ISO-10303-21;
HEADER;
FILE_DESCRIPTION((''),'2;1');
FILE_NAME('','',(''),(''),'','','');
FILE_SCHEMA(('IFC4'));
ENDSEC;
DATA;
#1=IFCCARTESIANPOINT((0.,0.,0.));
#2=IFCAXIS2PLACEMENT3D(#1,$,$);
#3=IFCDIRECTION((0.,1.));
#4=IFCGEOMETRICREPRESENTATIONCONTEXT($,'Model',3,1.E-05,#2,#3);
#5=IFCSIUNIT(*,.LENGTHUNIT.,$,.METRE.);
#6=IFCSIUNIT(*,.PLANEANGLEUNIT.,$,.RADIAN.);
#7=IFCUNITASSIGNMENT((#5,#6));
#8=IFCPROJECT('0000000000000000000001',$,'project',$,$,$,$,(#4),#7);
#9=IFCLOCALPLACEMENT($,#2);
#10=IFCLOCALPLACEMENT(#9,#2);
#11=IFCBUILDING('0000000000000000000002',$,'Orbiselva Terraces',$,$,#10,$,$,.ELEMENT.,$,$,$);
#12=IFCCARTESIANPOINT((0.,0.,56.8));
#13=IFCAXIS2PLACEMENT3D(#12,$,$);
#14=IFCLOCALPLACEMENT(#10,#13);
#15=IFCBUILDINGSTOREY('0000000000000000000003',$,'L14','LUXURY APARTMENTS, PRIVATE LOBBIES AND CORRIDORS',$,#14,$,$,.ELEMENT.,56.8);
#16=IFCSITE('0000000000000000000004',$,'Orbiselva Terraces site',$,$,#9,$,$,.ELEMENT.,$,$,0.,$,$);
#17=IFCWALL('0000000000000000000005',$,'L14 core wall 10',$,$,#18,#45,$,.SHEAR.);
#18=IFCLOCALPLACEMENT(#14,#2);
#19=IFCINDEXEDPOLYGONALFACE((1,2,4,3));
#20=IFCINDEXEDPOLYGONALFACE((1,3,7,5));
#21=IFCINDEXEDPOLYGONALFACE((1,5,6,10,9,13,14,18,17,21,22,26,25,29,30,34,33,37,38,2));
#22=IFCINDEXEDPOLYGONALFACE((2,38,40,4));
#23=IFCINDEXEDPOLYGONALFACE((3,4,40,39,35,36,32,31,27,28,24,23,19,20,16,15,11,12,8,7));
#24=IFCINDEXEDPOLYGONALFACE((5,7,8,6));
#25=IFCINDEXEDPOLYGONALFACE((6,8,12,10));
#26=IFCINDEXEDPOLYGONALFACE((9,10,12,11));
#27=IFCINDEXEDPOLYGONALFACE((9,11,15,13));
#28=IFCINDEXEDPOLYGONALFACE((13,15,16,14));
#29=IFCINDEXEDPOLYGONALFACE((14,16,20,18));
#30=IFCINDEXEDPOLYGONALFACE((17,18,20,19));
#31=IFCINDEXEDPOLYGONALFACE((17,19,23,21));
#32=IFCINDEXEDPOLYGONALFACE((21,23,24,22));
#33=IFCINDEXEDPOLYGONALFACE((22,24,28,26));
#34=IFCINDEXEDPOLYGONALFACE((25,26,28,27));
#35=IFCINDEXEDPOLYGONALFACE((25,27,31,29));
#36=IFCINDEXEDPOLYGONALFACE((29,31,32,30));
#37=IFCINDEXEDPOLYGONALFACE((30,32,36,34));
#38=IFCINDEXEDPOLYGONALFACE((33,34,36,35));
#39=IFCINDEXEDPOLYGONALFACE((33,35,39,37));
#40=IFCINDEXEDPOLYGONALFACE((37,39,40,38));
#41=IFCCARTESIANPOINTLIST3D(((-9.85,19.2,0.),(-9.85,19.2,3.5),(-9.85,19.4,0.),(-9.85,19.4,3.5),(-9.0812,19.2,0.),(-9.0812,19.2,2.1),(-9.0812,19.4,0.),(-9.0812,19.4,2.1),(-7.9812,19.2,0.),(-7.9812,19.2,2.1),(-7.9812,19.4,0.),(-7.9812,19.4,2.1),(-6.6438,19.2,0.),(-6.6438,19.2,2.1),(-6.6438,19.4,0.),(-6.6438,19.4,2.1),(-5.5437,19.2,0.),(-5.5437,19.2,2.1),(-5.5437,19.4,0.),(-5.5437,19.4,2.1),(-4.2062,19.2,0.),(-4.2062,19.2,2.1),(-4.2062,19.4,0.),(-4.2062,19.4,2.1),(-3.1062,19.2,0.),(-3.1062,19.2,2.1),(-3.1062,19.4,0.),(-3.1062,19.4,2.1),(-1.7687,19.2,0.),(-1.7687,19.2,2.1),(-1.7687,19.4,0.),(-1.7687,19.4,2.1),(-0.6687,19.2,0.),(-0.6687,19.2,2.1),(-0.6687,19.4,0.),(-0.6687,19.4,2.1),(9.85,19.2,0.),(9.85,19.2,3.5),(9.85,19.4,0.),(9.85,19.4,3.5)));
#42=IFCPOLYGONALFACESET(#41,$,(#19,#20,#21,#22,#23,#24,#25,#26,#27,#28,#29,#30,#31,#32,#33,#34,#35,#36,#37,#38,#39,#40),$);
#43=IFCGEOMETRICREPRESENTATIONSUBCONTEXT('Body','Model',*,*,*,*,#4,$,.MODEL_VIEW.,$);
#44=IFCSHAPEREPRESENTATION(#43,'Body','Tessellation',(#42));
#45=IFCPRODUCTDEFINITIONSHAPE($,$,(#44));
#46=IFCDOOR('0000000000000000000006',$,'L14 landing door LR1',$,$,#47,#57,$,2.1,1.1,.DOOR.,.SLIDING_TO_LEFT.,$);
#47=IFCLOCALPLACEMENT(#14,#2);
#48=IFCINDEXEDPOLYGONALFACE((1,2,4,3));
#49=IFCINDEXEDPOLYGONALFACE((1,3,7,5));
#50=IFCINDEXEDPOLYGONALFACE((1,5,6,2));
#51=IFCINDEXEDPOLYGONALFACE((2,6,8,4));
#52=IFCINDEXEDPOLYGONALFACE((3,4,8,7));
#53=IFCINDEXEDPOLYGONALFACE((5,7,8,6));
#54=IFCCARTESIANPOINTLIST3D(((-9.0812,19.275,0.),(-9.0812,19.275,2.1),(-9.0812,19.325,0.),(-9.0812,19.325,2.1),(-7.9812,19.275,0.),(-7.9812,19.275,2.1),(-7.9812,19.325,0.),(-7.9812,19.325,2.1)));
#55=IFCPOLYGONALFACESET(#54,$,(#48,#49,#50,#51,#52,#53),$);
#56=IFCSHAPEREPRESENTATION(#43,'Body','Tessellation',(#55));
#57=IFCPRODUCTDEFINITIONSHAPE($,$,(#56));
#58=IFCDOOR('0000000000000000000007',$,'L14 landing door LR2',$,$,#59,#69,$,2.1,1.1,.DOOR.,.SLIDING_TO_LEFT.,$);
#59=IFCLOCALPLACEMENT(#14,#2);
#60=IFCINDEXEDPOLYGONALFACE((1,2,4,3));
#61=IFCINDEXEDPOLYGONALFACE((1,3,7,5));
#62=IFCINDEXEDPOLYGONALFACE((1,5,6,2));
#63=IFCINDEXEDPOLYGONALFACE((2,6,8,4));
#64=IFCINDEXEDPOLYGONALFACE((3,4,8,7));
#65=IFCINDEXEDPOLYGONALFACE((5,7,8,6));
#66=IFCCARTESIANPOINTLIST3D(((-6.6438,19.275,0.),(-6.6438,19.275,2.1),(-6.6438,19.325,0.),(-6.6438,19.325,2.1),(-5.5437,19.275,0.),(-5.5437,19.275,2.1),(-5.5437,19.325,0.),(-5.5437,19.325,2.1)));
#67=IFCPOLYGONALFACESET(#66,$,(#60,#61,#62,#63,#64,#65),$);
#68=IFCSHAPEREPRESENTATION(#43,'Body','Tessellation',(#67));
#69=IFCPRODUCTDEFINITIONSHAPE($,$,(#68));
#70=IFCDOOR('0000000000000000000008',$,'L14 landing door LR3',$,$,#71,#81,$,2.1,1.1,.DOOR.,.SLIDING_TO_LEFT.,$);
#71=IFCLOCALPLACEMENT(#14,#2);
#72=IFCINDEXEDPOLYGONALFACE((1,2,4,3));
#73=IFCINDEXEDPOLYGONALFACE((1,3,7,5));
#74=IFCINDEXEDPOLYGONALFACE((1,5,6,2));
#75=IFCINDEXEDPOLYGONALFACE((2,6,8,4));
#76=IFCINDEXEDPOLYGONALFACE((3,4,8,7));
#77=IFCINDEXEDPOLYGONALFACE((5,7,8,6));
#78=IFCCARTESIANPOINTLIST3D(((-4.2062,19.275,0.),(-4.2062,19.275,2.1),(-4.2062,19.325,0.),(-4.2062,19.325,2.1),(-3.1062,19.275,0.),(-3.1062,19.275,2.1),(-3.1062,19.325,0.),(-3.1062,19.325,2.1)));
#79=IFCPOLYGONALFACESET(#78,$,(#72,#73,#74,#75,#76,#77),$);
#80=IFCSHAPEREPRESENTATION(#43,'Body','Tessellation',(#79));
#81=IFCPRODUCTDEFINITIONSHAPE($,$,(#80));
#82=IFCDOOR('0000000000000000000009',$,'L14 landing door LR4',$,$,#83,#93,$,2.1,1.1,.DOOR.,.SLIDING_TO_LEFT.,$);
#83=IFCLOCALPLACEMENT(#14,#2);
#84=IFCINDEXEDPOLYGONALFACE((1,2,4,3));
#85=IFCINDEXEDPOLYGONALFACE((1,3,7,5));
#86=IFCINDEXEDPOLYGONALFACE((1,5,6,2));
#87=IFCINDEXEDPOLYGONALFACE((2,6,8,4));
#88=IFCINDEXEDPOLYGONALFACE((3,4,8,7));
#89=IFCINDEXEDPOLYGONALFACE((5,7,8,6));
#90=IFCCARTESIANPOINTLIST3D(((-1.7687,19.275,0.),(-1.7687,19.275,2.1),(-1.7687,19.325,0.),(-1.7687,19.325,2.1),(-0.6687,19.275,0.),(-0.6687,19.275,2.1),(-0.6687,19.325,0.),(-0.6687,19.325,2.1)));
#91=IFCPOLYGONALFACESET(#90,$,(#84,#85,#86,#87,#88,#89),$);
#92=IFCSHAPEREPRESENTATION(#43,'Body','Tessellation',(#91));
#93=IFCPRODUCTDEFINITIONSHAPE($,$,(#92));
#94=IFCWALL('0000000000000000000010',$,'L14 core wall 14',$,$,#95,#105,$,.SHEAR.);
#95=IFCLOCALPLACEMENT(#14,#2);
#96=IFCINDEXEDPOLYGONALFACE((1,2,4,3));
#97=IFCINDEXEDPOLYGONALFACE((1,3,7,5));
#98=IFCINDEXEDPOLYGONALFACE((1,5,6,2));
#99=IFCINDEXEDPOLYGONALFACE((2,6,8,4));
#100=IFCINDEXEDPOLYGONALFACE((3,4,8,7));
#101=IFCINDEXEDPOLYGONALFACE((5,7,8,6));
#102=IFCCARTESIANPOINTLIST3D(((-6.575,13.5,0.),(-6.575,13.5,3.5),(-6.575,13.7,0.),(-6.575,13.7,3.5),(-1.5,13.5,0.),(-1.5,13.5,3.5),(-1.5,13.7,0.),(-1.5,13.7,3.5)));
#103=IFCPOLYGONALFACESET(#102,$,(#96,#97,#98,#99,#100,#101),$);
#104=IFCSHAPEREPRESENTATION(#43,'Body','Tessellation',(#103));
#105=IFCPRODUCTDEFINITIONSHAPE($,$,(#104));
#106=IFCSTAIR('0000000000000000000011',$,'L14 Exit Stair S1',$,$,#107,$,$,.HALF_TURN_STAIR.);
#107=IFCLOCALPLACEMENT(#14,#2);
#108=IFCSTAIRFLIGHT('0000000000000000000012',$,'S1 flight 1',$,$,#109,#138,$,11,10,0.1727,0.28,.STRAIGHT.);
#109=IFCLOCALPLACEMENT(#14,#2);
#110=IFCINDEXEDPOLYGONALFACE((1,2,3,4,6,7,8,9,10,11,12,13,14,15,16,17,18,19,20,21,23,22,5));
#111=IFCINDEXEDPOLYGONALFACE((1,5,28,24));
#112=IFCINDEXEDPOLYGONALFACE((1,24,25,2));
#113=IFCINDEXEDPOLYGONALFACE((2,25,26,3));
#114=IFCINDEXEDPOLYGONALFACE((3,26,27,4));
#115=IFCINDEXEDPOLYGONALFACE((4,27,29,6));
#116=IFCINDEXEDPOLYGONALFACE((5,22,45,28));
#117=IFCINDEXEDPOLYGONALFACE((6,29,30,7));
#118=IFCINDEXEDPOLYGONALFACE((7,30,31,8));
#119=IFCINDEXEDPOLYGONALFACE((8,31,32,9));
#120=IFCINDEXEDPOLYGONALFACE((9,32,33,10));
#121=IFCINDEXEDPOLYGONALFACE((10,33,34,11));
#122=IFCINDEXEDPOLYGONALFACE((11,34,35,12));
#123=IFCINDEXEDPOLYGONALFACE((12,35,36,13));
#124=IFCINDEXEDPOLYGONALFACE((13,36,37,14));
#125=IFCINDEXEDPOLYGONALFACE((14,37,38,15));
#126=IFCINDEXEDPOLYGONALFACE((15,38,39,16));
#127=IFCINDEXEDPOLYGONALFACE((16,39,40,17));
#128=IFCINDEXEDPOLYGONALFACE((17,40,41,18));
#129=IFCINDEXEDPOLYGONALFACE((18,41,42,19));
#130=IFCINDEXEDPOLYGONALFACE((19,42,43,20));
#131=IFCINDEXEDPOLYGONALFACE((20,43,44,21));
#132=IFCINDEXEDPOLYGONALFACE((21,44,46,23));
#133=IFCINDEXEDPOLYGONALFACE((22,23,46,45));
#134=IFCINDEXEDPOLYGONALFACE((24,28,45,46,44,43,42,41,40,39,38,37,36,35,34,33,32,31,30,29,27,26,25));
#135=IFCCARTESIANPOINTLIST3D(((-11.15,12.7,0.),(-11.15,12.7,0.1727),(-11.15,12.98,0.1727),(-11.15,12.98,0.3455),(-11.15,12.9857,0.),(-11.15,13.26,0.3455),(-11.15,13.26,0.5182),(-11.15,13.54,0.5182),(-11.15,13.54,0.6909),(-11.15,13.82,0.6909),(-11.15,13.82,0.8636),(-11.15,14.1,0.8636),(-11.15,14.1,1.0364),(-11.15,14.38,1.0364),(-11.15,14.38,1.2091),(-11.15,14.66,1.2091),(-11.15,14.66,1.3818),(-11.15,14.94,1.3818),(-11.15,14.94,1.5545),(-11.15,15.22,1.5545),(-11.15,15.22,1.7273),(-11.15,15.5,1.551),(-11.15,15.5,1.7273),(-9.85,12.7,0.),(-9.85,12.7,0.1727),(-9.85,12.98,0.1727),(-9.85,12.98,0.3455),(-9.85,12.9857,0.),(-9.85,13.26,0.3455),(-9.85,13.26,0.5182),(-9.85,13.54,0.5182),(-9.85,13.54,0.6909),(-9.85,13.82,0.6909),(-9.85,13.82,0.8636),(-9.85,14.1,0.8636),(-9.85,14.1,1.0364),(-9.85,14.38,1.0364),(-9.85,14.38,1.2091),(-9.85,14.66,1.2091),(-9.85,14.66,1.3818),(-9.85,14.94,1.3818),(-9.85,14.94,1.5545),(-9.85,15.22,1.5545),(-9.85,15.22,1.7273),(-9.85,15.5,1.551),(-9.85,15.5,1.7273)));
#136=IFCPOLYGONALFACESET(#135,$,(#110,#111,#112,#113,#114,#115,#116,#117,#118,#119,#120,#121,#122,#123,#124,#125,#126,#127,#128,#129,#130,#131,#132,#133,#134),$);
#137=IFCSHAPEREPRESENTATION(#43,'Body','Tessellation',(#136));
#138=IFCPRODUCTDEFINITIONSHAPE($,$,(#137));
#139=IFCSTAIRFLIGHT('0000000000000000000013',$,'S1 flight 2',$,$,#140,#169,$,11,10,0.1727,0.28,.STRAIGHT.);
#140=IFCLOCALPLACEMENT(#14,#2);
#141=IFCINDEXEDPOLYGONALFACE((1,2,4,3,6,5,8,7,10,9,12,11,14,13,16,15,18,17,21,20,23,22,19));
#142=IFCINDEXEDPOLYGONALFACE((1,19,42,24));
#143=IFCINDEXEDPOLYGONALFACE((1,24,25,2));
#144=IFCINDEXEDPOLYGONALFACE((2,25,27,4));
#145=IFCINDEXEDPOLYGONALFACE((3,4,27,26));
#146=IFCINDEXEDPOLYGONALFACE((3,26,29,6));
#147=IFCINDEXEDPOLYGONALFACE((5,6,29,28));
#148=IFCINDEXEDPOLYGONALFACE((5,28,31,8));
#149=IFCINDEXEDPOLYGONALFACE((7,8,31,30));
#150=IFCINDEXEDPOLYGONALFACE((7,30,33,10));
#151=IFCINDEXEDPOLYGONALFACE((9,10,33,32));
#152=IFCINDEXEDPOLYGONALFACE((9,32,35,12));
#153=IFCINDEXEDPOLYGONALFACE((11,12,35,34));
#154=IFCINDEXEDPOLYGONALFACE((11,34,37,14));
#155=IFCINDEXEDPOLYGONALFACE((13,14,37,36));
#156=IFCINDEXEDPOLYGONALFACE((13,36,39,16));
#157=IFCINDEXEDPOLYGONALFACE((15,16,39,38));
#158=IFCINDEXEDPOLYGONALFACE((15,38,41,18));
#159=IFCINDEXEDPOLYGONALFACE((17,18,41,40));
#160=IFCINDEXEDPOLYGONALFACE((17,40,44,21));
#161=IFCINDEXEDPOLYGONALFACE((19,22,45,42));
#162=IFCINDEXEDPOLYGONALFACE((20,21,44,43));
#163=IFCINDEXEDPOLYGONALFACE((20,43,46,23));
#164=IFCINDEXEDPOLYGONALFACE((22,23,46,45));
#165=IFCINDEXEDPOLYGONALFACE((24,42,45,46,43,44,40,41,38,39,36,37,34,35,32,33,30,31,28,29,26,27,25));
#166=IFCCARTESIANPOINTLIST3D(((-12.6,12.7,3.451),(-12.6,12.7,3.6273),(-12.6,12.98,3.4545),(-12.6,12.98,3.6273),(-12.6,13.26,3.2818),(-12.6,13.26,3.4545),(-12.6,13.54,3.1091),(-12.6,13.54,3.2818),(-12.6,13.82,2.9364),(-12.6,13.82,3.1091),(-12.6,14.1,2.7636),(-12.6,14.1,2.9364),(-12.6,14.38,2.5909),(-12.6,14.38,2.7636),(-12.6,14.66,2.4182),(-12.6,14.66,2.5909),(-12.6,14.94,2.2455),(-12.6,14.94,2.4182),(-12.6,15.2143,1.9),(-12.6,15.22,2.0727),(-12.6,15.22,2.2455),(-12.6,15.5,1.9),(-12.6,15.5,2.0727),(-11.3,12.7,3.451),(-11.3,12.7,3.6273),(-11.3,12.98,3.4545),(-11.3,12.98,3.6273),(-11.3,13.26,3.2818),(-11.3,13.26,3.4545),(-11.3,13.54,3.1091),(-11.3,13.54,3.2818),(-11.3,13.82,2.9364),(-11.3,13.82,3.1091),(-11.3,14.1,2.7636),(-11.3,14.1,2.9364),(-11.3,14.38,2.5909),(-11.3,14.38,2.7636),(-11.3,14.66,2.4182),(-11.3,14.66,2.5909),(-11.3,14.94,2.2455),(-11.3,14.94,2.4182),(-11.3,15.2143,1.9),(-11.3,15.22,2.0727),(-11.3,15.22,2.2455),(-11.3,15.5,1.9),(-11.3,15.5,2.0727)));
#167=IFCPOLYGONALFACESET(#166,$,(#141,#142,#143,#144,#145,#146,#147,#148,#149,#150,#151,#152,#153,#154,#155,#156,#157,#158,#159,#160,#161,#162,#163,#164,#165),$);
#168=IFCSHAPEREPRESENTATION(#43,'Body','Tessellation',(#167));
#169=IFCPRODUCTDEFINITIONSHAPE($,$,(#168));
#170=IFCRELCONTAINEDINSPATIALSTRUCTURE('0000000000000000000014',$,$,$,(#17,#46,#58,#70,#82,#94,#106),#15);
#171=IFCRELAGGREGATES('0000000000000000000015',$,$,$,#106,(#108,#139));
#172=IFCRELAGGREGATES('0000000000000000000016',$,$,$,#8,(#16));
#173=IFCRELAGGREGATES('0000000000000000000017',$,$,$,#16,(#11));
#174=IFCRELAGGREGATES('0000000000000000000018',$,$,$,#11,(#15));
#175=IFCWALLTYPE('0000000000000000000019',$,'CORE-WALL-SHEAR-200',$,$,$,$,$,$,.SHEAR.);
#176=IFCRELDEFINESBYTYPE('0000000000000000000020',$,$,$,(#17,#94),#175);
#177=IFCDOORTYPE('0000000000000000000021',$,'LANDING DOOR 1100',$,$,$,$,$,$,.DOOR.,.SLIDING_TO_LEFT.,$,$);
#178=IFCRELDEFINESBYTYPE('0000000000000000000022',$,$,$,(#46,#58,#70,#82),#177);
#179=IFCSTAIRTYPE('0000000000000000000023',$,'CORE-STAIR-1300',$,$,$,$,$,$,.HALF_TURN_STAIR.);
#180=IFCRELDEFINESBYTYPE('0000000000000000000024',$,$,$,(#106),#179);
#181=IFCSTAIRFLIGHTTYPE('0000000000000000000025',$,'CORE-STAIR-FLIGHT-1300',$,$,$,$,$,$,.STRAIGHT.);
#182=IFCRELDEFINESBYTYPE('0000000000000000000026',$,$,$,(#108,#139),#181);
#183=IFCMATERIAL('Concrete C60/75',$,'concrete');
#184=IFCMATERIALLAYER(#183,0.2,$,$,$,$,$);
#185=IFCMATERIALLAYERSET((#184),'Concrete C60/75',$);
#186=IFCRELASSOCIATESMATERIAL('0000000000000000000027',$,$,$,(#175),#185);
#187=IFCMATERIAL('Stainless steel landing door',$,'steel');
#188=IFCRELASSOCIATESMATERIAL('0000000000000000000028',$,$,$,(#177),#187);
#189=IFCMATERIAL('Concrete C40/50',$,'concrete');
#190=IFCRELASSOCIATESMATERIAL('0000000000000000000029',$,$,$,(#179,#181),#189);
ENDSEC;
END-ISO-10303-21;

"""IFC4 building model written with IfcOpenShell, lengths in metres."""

from ifc_helpers import new_model, si_unit, direction, frame, frame_2d, origin, place, context, subcontext, project, spatial, polyline, rectangle, outline, extrude, material, layer, layer_set, type_object, element, fill, aggregate, save


model = new_model("IFC4")

# Units and contexts
model_context = context("Model", 3, precision=1e-05, world=origin(), true_north=direction((0.0, 1.0)))
body_context = subcontext(model_context, "Body", "Model", "MODEL_VIEW")
ifc_project = project(units=[si_unit("LENGTHUNIT", "METRE"), si_unit("PLANEANGLEUNIT", "RADIAN")], contexts=[model_context])

# Site, building, storey
site_placement = place(None, origin())
site = spatial("IfcSite", under=ifc_project, at=site_placement, Name="Orbiselva Terraces site", CompositionType="ELEMENT", RefElevation=0.0)
building_placement = place(site_placement, origin())
building = spatial("IfcBuilding", under=site, at=building_placement, Name="Orbiselva Terraces", CompositionType="ELEMENT")
storey_placement = place(building_placement, frame((0.0, 0.0, 56.8)))
storey = spatial("IfcBuildingStorey", under=building, at=storey_placement, Name="L14", Description="LUXURY APARTMENTS, PRIVATE LOBBIES AND CORRIDORS", CompositionType="ELEMENT", Elevation=56.8)

# Shared definitions
ifc_material_1 = material(Name="Concrete C40/50", Category="concrete")
ifc_material_2 = material(Name="Concrete C60/75", Category="concrete")
ifc_layer_1 = layer(ifc_material_2, 0.2)
ifc_layer_set_1 = layer_set([ifc_layer_1], Name="Concrete C60/75")
wall_type_1 = type_object("IfcWallType", Name="CORE-WALL-SHEAR-200", PredefinedType="SHEAR", material=ifc_layer_set_1)

# Wall, openings, doors
wall_1_placement = place(storey_placement, frame((-9.85, 19.3, 0.0), z_axis=(0.0, 0.0, 1.0), x_axis=(1.0, 0.0, 0.0)))
wall_1 = element("IfcWall", 1, at=wall_1_placement, inside=storey, type_object=wall_type_1, Name="L14 core wall 10", PredefinedType="SHEAR", context=body_context, shape_type="SweptSolid", body=[
    extrude(rectangle(XDim=19.7, YDim=0.2, at=frame_2d((9.85, 0.0))), origin(), (0.0, 0.0, 1.0), 3.5),
])
opening_1_placement = place(wall_1_placement, frame((0.7688, 0.0, 0.0)))
opening_1 = element("IfcOpeningElement", 2, at=opening_1_placement, cuts=wall_1, PredefinedType="OPENING", context=body_context, shape_type="SweptSolid", body=[
    extrude(rectangle(XDim=1.1, YDim=2.1, at=frame_2d((0.55, 1.05))), frame((0.0, 0.11, 0.0), z_axis=(0.0, -1.0, 0.0), x_axis=(1.0, 0.0, 0.0)), (0.0, 0.0, 1.0), 0.22),
])
opening_2_placement = place(wall_1_placement, frame((3.2062, 0.0, 0.0)))
opening_2 = element("IfcOpeningElement", 3, at=opening_2_placement, cuts=wall_1, PredefinedType="OPENING", context=body_context, shape_type="SweptSolid", body=[
    extrude(rectangle(XDim=1.1, YDim=2.1, at=frame_2d((0.55, 1.05))), frame((0.0, 0.11, 0.0), z_axis=(0.0, -1.0, 0.0), x_axis=(1.0, 0.0, 0.0)), (0.0, 0.0, 1.0), 0.22),
])
opening_3_placement = place(wall_1_placement, frame((5.6437, 0.0, 0.0)))
opening_3 = element("IfcOpeningElement", 4, at=opening_3_placement, cuts=wall_1, PredefinedType="OPENING", context=body_context, shape_type="SweptSolid", body=[
    extrude(rectangle(XDim=1.1, YDim=2.1, at=frame_2d((0.55, 1.05))), frame((0.0, 0.11, 0.0), z_axis=(0.0, -1.0, 0.0), x_axis=(1.0, 0.0, 0.0)), (0.0, 0.0, 1.0), 0.22),
])
opening_4_placement = place(wall_1_placement, frame((8.0813, 0.0, 0.0)))
opening_4 = element("IfcOpeningElement", 5, at=opening_4_placement, cuts=wall_1, PredefinedType="OPENING", context=body_context, shape_type="SweptSolid", body=[
    extrude(rectangle(XDim=1.1, YDim=2.1, at=frame_2d((0.55, 1.05))), frame((0.0, 0.11, 0.0), z_axis=(0.0, -1.0, 0.0), x_axis=(1.0, 0.0, 0.0)), (0.0, 0.0, 1.0), 0.22),
])
ifc_material_3 = material(Name="Stainless steel landing door", Category="steel")
door_type_1 = type_object("IfcDoorType", Name="LANDING DOOR 1100", OperationType="SLIDING_TO_LEFT", PredefinedType="DOOR", material=ifc_material_3)
door_1_placement = place(opening_1_placement, origin())
door_1 = element("IfcDoor", 6, at=door_1_placement, inside=storey, type_object=door_type_1, Name="L14 landing door LR1", OperationType="SLIDING_TO_LEFT", OverallHeight=2.1, OverallWidth=1.1, PredefinedType="DOOR", context=body_context, shape_type="SweptSolid", body=[
    extrude(rectangle(XDim=1.1, YDim=2.1, at=frame_2d((0.55, 1.05))), frame((0.0, 0.025, 0.0), z_axis=(0.0, -1.0, 0.0), x_axis=(1.0, 0.0, 0.0)), (0.0, 0.0, 1.0), 0.05),
])
fill(opening_1, door_1)
door_2_placement = place(opening_2_placement, origin())
door_2 = element("IfcDoor", 7, at=door_2_placement, inside=storey, type_object=door_type_1, Name="L14 landing door LR2", OperationType="SLIDING_TO_LEFT", OverallHeight=2.1, OverallWidth=1.1, PredefinedType="DOOR", context=body_context, shape_type="SweptSolid", body=[
    extrude(rectangle(XDim=1.1, YDim=2.1, at=frame_2d((0.55, 1.05))), frame((0.0, 0.025, 0.0), z_axis=(0.0, -1.0, 0.0), x_axis=(1.0, 0.0, 0.0)), (0.0, 0.0, 1.0), 0.05),
])
fill(opening_2, door_2)
door_3_placement = place(opening_3_placement, origin())
door_3 = element("IfcDoor", 8, at=door_3_placement, inside=storey, type_object=door_type_1, Name="L14 landing door LR3", OperationType="SLIDING_TO_LEFT", OverallHeight=2.1, OverallWidth=1.1, PredefinedType="DOOR", context=body_context, shape_type="SweptSolid", body=[
    extrude(rectangle(XDim=1.1, YDim=2.1, at=frame_2d((0.55, 1.05))), frame((0.0, 0.025, 0.0), z_axis=(0.0, -1.0, 0.0), x_axis=(1.0, 0.0, 0.0)), (0.0, 0.0, 1.0), 0.05),
])
fill(opening_3, door_3)
door_4_placement = place(opening_4_placement, origin())
door_4 = element("IfcDoor", 9, at=door_4_placement, inside=storey, type_object=door_type_1, Name="L14 landing door LR4", OperationType="SLIDING_TO_LEFT", OverallHeight=2.1, OverallWidth=1.1, PredefinedType="DOOR", context=body_context, shape_type="SweptSolid", body=[
    extrude(rectangle(XDim=1.1, YDim=2.1, at=frame_2d((0.55, 1.05))), frame((0.0, 0.025, 0.0), z_axis=(0.0, -1.0, 0.0), x_axis=(1.0, 0.0, 0.0)), (0.0, 0.0, 1.0), 0.05),
])
fill(opening_4, door_4)

# Wall
wall_2_placement = place(storey_placement, frame((-6.575, 13.6, 0.0), z_axis=(0.0, 0.0, 1.0), x_axis=(1.0, 0.0, 0.0)))
element("IfcWall", 10, at=wall_2_placement, inside=storey, type_object=wall_type_1, Name="L14 core wall 14", PredefinedType="SHEAR", context=body_context, shape_type="SweptSolid", body=[
    extrude(rectangle(XDim=5.075, YDim=0.2, at=frame_2d((2.5375, 0.0))), origin(), (0.0, 0.0, 1.0), 3.5),
])

# Stair, stair flights
stair_type = type_object("IfcStairType", Name="CORE-STAIR-1300", PredefinedType="HALF_TURN_STAIR", material=ifc_material_1)
stair_placement = place(storey_placement, origin())
stair = element("IfcStair", 11, at=stair_placement, inside=storey, type_object=stair_type, Name="L14 Exit Stair S1", PredefinedType="HALF_TURN_STAIR")
stair_flight_type = type_object("IfcStairFlightType", Name="CORE-STAIR-FLIGHT-1300", PredefinedType="STRAIGHT", material=ifc_material_1)
stair_flight_1_placement = place(storey_placement, frame((-10.5, 12.7, 0.0), z_axis=(0.0, 0.0, 1.0), x_axis=(0.0, 1.0, 0.0)))
stair_flight_1 = element("IfcStairFlight", 12, at=stair_flight_1_placement, type_object=stair_flight_type, Name="S1 flight 1", NumberOfRisers=11, NumberOfTreads=10, PredefinedType="STRAIGHT", RiserHeight=0.1727, TreadLength=0.28, context=body_context, shape_type="SweptSolid", body=[
    extrude(outline(polyline([(0.0, 0.0), (0.0, 0.1727), (0.28, 0.1727), (0.28, 0.3455), (0.56, 0.3455), (0.56, 0.5182), (0.84, 0.5182), (0.84, 0.6909), (1.12, 0.6909), (1.12, 0.8636), (1.4, 0.8636), (1.4, 1.0364), (1.68, 1.0364), (1.68, 1.2091), (1.96, 1.2091), (1.96, 1.3818), (2.24, 1.3818), (2.24, 1.5545), (2.52, 1.5545), (2.52, 1.7273), (2.8, 1.7273), (2.8, 1.9), (2.8, 1.551), (0.2857, 0.0), (0.0, 0.0)])), frame((0.0, 0.65, 0.0), z_axis=(0.0, -1.0, 0.0), x_axis=(1.0, 0.0, 0.0)), (0.0, 0.0, 1.0), 1.3),
])
stair_flight_2_placement = place(storey_placement, frame((-11.95, 15.5, 1.9), z_axis=(0.0, 0.0, 1.0), x_axis=(0.0, -1.0, 0.0)))
stair_flight_2 = element("IfcStairFlight", 13, at=stair_flight_2_placement, type_object=stair_flight_type, Name="S1 flight 2", NumberOfRisers=11, NumberOfTreads=10, PredefinedType="STRAIGHT", RiserHeight=0.1727, TreadLength=0.28, context=body_context, shape_type="SweptSolid", body=[
    extrude(outline(polyline([(0.0, 0.0), (0.0, 0.1727), (0.28, 0.1727), (0.28, 0.3455), (0.56, 0.3455), (0.56, 0.5182), (0.84, 0.5182), (0.84, 0.6909), (1.12, 0.6909), (1.12, 0.8636), (1.4, 0.8636), (1.4, 1.0364), (1.68, 1.0364), (1.68, 1.2091), (1.96, 1.2091), (1.96, 1.3818), (2.24, 1.3818), (2.24, 1.5545), (2.52, 1.5545), (2.52, 1.7273), (2.8, 1.7273), (2.8, 1.9), (2.8, 1.551), (0.2857, 0.0), (0.0, 0.0)])), frame((0.0, 0.65, 0.0), z_axis=(0.0, -1.0, 0.0), x_axis=(1.0, 0.0, 0.0)), (0.0, 0.0, 1.0), 1.3),
])
aggregate(stair, [stair_flight_1, stair_flight_2])

save(model, "model.ifc")
